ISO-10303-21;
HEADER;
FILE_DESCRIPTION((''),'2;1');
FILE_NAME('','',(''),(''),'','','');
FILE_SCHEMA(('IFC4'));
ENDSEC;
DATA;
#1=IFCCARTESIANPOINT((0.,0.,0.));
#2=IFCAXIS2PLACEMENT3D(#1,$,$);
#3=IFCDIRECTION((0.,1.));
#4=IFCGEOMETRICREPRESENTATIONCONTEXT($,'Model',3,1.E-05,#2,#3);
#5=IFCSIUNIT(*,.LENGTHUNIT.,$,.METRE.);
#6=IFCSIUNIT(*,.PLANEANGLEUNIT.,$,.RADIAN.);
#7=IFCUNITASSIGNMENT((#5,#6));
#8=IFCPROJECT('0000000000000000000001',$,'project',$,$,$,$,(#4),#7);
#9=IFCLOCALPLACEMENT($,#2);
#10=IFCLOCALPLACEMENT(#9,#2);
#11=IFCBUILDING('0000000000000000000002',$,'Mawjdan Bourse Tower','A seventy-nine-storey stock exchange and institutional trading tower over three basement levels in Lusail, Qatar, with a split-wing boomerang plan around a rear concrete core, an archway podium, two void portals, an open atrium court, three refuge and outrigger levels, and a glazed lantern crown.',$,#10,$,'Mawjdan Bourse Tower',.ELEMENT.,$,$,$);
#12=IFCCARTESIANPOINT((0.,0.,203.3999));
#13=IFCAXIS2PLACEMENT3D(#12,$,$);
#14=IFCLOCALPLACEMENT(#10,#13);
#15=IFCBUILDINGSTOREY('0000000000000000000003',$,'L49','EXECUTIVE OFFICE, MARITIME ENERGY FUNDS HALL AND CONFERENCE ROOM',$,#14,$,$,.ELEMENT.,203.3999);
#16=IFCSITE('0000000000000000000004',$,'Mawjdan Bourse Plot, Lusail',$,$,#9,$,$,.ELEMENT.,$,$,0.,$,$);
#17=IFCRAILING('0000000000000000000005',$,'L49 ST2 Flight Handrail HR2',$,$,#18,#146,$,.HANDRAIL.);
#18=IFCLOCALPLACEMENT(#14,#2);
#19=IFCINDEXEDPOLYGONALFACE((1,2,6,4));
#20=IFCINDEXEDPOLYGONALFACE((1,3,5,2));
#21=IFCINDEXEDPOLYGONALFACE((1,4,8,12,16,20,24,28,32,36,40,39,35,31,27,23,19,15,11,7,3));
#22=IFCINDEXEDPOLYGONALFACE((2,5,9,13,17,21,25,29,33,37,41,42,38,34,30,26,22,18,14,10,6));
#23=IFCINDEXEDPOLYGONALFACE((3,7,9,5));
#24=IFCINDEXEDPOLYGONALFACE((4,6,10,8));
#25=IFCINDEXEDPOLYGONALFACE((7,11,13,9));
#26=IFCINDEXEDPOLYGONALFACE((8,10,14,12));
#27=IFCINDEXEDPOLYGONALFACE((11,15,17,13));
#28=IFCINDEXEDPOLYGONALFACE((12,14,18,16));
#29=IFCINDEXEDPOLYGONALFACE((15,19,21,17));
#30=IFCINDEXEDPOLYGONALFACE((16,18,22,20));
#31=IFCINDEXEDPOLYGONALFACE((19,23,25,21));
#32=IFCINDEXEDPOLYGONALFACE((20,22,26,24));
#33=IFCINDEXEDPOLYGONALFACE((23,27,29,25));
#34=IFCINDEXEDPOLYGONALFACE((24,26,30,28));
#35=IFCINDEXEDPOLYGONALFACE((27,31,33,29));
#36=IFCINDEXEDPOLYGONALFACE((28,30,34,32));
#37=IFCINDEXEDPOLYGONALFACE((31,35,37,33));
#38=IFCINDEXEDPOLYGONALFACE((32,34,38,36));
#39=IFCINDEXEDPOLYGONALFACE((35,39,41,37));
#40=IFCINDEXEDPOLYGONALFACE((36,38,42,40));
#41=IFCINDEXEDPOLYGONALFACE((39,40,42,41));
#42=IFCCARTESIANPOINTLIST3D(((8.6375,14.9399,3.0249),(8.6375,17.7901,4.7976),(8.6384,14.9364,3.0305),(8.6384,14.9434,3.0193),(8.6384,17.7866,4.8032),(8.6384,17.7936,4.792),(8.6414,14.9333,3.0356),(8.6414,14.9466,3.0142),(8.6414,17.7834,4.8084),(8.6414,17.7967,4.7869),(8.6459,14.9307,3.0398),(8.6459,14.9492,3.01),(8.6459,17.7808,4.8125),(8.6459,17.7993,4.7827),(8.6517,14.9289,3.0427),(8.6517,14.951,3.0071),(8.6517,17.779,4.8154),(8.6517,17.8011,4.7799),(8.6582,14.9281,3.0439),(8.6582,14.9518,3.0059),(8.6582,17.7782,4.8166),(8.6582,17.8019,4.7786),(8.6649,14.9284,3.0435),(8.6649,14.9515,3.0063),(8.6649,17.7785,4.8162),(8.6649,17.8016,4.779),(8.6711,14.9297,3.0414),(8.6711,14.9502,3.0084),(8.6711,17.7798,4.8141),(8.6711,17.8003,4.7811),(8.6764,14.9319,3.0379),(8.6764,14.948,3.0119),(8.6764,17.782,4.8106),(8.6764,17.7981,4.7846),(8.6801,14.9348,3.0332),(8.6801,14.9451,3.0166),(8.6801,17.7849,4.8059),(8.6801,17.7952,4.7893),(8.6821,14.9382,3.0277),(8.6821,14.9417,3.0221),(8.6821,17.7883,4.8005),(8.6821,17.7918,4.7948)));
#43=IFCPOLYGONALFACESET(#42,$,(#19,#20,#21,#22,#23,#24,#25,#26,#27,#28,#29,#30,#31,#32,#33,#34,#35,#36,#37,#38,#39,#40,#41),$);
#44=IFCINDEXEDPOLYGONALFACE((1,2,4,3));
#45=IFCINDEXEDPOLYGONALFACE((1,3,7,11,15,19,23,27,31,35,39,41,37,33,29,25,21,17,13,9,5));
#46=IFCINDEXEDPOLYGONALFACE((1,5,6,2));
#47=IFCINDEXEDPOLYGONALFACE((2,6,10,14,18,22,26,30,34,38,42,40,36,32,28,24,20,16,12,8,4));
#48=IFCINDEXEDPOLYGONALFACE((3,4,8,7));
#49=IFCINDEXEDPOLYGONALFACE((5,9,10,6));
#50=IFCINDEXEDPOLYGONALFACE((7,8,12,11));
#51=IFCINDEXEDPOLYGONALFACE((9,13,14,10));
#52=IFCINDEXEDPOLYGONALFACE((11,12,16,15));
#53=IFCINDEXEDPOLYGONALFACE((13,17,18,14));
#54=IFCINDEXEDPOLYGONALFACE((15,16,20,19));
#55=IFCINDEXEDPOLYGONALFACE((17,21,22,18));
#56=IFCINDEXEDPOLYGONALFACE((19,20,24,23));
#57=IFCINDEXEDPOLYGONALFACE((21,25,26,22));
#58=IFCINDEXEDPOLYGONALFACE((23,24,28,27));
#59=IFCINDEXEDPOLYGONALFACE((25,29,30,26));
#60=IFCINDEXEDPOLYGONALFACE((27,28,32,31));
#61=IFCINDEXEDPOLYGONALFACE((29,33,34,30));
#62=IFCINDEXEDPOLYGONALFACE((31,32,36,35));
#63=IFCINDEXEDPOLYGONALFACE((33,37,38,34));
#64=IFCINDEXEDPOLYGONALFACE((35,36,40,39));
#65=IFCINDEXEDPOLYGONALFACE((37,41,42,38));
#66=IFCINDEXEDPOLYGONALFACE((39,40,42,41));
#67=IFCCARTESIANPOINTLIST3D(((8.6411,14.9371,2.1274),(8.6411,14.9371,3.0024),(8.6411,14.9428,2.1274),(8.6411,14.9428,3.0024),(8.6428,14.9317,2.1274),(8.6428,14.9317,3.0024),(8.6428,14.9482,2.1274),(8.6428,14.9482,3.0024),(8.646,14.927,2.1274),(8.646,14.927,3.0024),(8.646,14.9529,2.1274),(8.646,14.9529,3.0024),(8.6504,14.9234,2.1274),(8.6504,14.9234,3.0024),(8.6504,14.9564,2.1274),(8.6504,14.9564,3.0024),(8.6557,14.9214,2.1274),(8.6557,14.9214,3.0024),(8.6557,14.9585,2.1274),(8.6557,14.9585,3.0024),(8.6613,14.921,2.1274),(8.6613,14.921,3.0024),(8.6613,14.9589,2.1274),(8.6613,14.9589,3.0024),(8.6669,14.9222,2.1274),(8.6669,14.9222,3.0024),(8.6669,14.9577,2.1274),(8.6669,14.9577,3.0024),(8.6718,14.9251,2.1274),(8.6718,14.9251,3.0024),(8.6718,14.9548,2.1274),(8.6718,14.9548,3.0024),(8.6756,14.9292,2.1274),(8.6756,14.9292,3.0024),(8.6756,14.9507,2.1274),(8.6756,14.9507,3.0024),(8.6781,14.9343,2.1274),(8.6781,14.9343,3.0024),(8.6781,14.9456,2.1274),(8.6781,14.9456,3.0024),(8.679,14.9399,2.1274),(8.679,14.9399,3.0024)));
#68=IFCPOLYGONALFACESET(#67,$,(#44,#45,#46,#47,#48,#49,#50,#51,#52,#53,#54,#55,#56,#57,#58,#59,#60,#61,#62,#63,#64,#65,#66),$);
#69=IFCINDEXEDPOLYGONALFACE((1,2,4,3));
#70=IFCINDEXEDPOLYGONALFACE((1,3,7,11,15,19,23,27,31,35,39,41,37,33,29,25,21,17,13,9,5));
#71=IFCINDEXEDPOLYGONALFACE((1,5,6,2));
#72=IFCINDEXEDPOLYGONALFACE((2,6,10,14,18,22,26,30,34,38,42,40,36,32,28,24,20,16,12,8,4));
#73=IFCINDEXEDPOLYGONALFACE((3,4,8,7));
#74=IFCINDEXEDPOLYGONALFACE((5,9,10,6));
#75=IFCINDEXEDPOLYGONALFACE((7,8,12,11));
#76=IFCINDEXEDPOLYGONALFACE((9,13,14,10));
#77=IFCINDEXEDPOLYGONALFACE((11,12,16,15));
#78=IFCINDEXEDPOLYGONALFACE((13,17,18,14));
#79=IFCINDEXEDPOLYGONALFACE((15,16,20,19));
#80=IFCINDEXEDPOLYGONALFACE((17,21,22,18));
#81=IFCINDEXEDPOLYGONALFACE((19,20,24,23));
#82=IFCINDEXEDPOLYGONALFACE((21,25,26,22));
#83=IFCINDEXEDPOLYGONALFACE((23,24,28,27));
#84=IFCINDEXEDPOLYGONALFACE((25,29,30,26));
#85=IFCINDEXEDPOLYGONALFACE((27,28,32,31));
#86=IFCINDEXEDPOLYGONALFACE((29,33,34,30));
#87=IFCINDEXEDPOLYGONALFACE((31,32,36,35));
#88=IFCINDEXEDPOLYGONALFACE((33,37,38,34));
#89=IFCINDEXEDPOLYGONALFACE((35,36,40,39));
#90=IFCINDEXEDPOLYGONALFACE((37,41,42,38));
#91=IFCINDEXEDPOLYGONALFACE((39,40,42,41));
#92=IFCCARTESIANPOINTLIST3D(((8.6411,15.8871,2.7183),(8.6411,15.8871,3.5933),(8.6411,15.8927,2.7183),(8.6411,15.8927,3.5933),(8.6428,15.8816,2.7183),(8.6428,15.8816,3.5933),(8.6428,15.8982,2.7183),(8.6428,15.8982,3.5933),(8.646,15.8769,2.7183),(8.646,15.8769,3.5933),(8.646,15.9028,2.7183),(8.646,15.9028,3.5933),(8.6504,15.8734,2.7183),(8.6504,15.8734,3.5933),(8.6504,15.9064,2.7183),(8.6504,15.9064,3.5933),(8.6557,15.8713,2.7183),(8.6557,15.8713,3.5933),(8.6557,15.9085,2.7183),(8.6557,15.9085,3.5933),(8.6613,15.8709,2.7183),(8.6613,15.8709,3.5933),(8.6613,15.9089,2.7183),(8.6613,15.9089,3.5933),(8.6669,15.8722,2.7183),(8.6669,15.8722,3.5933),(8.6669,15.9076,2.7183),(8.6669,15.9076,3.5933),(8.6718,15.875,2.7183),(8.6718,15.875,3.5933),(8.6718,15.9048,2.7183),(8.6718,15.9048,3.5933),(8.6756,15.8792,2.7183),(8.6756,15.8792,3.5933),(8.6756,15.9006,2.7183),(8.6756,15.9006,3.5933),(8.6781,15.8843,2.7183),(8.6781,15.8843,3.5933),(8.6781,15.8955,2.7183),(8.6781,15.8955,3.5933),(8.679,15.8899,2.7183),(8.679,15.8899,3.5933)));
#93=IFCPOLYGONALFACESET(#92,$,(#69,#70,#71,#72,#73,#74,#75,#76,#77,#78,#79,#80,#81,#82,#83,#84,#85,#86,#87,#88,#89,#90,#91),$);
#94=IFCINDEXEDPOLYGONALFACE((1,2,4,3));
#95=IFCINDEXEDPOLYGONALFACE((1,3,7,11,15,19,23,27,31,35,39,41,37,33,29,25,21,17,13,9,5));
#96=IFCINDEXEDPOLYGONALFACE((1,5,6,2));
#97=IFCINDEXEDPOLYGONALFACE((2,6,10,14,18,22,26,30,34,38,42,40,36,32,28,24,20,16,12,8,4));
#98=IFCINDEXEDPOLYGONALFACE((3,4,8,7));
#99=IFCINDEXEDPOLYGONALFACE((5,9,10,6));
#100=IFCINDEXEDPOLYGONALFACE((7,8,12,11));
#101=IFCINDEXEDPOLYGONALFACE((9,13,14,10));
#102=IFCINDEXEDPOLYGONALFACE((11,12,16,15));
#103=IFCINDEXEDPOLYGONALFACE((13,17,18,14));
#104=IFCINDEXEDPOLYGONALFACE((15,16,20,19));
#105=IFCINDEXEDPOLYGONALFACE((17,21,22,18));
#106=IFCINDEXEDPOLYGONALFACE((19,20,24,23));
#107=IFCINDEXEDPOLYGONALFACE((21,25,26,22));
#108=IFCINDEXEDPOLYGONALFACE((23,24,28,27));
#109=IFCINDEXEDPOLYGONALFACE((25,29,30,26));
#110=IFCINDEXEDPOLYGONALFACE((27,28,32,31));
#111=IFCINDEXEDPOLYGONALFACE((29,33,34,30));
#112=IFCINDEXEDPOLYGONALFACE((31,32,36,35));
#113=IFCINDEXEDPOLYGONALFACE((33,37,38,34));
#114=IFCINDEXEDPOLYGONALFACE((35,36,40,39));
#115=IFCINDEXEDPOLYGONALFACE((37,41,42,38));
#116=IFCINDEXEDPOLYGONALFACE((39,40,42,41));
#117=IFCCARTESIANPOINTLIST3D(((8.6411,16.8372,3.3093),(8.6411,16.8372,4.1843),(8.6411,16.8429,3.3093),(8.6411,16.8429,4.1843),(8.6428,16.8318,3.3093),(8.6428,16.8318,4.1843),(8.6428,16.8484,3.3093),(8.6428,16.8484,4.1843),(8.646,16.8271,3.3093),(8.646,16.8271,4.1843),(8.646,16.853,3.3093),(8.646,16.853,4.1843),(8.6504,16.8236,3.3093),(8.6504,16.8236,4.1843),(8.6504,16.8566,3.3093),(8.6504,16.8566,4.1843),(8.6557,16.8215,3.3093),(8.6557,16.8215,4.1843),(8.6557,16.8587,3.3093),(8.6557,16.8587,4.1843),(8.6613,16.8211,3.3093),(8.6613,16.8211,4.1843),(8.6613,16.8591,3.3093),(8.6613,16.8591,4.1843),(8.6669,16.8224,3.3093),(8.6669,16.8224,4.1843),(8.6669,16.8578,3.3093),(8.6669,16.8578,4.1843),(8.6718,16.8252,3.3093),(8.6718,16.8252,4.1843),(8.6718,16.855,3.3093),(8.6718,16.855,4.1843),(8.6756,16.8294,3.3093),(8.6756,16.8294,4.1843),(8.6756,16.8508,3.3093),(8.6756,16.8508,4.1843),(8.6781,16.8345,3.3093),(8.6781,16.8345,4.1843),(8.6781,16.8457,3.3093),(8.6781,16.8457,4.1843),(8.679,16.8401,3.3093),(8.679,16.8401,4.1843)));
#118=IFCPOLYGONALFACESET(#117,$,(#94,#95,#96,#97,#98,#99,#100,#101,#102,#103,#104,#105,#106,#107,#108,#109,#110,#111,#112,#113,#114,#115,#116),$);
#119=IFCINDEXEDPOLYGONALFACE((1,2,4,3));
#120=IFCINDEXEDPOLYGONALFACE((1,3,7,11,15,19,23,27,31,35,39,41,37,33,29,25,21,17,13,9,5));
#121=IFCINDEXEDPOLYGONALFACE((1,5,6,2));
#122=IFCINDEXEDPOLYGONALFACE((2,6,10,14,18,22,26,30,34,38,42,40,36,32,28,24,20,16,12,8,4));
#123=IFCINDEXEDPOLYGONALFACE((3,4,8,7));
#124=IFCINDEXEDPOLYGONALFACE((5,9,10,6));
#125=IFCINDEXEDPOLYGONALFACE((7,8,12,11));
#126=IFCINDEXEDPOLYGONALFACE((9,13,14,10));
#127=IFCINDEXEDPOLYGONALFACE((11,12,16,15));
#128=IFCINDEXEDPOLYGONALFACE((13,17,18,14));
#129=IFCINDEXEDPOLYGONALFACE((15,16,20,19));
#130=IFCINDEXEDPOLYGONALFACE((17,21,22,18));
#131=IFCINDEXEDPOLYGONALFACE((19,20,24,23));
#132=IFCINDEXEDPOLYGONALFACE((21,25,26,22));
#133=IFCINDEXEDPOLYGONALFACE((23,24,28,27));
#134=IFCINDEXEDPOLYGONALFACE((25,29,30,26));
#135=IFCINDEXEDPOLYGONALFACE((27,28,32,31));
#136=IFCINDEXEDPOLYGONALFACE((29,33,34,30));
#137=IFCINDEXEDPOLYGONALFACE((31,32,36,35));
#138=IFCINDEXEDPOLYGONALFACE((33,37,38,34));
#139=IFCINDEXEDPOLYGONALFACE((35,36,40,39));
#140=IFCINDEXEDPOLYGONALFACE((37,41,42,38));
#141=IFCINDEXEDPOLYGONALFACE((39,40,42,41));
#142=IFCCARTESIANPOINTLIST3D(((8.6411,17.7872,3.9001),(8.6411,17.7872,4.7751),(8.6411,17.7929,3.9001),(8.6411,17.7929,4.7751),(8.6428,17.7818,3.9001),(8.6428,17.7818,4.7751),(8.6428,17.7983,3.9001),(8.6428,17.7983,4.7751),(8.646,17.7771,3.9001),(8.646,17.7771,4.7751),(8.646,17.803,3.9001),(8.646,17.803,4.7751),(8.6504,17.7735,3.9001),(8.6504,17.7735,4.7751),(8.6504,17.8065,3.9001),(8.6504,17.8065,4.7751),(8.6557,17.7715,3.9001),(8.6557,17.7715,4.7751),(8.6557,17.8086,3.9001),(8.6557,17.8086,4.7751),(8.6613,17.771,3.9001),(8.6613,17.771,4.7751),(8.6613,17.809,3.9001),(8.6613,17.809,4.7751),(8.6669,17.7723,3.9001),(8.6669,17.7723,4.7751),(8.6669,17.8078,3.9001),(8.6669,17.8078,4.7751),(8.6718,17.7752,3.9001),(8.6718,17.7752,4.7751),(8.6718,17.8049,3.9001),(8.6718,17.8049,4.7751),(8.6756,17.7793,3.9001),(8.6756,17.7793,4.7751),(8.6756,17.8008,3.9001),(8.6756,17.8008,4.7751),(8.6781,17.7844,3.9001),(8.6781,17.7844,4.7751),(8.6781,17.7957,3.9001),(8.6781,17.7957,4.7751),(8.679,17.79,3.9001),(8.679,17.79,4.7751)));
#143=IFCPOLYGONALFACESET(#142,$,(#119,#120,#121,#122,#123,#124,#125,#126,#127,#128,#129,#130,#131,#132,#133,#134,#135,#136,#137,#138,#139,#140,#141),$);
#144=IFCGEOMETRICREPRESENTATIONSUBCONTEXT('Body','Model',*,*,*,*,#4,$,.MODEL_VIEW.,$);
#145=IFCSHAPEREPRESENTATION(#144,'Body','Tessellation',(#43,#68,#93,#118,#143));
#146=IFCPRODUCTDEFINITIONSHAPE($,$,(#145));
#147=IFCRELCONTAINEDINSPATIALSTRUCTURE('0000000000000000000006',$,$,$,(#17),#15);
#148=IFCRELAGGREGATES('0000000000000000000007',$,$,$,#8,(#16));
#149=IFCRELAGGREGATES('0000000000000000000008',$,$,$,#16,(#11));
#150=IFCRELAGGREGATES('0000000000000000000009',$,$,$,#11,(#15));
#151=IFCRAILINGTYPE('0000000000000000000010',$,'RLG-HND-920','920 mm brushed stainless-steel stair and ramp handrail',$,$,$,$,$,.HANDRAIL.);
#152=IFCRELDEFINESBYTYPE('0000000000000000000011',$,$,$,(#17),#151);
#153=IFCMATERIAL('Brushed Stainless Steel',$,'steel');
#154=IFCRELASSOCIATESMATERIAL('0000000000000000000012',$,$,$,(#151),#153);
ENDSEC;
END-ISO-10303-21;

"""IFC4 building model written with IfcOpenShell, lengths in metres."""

from ifc_helpers import new_model, si_unit, direction, frame, origin, origin_2d, place, context, subcontext, project, spatial, circle, extrude, material, type_object, element, save


model = new_model("IFC4")

# Units and contexts
model_context = context("Model", 3, precision=1e-05, world=origin(), true_north=direction((0.0, 1.0)))
body_context = subcontext(model_context, "Body", "Model", "MODEL_VIEW")
ifc_project = project(units=[si_unit("LENGTHUNIT", "METRE"), si_unit("PLANEANGLEUNIT", "RADIAN")], contexts=[model_context])

# Site, building, storey
site_placement = place(None, origin())
site = spatial("IfcSite", under=ifc_project, at=site_placement, Name="Mawjdan Bourse Plot, Lusail", CompositionType="ELEMENT", RefElevation=0.0)
building_placement = place(site_placement, origin())
building = spatial("IfcBuilding", under=site, at=building_placement, Name="Mawjdan Bourse Tower", Description="A seventy-nine-storey stock exchange and institutional trading tower over three basement levels in Lusail, Qatar, with a split-wing boomerang plan around a rear concrete core, an archway podium, two void portals, an open atrium court, three refuge and outrigger levels, and a glazed lantern crown.", LongName="Mawjdan Bourse Tower", CompositionType="ELEMENT")
storey_placement = place(building_placement, frame((0.0, 0.0, 203.3999)))
storey = spatial("IfcBuildingStorey", under=building, at=storey_placement, Name="L49", Description="EXECUTIVE OFFICE, MARITIME ENERGY FUNDS HALL AND CONFERENCE ROOM", CompositionType="ELEMENT", Elevation=203.3999)

# Railing
ifc_material_1 = material(Name="Brushed Stainless Steel", Category="steel")
railing_type_1 = type_object("IfcRailingType", Name="RLG-HND-920", Description="920 mm brushed stainless-steel stair and ramp handrail", PredefinedType="HANDRAIL", material=ifc_material_1)
for number, where, name in (
    (1, (8.6599, 14.9399, 2.1274), "L49 ST2 Flight Handrail HR2"),
):
    element("IfcRailing", number, at=place(storey_placement, frame(where)), inside=storey, type_object=railing_type_1, Name=name, PredefinedType="HANDRAIL", context=body_context, shape_type="SweptSolid", body=[
        extrude(circle(Radius=0.0225, at=origin_2d()), frame((0.0, 0.0, 0.8975), z_axis=(0.0, 0.849149, 0.528154), x_axis=(-1.0, 0.0, 0.0)), (0.0, 0.0, 1.0), 3.3564),
        extrude(circle(Radius=0.019, at=origin_2d()), origin(), (0.0, 0.0, 1.0), 0.875),
        extrude(circle(Radius=0.019, at=origin_2d()), frame((0.0, 0.95, 0.5908)), (0.0, 0.0, 1.0), 0.875),
        extrude(circle(Radius=0.019, at=origin_2d()), frame((0.0, 1.9001, 1.1819)), (0.0, 0.0, 1.0), 0.875),
        extrude(circle(Radius=0.019, at=origin_2d()), frame((0.0, 2.8501, 1.7727)), (0.0, 0.0, 1.0), 0.875),
    ])

save(model, "model.ifc")
